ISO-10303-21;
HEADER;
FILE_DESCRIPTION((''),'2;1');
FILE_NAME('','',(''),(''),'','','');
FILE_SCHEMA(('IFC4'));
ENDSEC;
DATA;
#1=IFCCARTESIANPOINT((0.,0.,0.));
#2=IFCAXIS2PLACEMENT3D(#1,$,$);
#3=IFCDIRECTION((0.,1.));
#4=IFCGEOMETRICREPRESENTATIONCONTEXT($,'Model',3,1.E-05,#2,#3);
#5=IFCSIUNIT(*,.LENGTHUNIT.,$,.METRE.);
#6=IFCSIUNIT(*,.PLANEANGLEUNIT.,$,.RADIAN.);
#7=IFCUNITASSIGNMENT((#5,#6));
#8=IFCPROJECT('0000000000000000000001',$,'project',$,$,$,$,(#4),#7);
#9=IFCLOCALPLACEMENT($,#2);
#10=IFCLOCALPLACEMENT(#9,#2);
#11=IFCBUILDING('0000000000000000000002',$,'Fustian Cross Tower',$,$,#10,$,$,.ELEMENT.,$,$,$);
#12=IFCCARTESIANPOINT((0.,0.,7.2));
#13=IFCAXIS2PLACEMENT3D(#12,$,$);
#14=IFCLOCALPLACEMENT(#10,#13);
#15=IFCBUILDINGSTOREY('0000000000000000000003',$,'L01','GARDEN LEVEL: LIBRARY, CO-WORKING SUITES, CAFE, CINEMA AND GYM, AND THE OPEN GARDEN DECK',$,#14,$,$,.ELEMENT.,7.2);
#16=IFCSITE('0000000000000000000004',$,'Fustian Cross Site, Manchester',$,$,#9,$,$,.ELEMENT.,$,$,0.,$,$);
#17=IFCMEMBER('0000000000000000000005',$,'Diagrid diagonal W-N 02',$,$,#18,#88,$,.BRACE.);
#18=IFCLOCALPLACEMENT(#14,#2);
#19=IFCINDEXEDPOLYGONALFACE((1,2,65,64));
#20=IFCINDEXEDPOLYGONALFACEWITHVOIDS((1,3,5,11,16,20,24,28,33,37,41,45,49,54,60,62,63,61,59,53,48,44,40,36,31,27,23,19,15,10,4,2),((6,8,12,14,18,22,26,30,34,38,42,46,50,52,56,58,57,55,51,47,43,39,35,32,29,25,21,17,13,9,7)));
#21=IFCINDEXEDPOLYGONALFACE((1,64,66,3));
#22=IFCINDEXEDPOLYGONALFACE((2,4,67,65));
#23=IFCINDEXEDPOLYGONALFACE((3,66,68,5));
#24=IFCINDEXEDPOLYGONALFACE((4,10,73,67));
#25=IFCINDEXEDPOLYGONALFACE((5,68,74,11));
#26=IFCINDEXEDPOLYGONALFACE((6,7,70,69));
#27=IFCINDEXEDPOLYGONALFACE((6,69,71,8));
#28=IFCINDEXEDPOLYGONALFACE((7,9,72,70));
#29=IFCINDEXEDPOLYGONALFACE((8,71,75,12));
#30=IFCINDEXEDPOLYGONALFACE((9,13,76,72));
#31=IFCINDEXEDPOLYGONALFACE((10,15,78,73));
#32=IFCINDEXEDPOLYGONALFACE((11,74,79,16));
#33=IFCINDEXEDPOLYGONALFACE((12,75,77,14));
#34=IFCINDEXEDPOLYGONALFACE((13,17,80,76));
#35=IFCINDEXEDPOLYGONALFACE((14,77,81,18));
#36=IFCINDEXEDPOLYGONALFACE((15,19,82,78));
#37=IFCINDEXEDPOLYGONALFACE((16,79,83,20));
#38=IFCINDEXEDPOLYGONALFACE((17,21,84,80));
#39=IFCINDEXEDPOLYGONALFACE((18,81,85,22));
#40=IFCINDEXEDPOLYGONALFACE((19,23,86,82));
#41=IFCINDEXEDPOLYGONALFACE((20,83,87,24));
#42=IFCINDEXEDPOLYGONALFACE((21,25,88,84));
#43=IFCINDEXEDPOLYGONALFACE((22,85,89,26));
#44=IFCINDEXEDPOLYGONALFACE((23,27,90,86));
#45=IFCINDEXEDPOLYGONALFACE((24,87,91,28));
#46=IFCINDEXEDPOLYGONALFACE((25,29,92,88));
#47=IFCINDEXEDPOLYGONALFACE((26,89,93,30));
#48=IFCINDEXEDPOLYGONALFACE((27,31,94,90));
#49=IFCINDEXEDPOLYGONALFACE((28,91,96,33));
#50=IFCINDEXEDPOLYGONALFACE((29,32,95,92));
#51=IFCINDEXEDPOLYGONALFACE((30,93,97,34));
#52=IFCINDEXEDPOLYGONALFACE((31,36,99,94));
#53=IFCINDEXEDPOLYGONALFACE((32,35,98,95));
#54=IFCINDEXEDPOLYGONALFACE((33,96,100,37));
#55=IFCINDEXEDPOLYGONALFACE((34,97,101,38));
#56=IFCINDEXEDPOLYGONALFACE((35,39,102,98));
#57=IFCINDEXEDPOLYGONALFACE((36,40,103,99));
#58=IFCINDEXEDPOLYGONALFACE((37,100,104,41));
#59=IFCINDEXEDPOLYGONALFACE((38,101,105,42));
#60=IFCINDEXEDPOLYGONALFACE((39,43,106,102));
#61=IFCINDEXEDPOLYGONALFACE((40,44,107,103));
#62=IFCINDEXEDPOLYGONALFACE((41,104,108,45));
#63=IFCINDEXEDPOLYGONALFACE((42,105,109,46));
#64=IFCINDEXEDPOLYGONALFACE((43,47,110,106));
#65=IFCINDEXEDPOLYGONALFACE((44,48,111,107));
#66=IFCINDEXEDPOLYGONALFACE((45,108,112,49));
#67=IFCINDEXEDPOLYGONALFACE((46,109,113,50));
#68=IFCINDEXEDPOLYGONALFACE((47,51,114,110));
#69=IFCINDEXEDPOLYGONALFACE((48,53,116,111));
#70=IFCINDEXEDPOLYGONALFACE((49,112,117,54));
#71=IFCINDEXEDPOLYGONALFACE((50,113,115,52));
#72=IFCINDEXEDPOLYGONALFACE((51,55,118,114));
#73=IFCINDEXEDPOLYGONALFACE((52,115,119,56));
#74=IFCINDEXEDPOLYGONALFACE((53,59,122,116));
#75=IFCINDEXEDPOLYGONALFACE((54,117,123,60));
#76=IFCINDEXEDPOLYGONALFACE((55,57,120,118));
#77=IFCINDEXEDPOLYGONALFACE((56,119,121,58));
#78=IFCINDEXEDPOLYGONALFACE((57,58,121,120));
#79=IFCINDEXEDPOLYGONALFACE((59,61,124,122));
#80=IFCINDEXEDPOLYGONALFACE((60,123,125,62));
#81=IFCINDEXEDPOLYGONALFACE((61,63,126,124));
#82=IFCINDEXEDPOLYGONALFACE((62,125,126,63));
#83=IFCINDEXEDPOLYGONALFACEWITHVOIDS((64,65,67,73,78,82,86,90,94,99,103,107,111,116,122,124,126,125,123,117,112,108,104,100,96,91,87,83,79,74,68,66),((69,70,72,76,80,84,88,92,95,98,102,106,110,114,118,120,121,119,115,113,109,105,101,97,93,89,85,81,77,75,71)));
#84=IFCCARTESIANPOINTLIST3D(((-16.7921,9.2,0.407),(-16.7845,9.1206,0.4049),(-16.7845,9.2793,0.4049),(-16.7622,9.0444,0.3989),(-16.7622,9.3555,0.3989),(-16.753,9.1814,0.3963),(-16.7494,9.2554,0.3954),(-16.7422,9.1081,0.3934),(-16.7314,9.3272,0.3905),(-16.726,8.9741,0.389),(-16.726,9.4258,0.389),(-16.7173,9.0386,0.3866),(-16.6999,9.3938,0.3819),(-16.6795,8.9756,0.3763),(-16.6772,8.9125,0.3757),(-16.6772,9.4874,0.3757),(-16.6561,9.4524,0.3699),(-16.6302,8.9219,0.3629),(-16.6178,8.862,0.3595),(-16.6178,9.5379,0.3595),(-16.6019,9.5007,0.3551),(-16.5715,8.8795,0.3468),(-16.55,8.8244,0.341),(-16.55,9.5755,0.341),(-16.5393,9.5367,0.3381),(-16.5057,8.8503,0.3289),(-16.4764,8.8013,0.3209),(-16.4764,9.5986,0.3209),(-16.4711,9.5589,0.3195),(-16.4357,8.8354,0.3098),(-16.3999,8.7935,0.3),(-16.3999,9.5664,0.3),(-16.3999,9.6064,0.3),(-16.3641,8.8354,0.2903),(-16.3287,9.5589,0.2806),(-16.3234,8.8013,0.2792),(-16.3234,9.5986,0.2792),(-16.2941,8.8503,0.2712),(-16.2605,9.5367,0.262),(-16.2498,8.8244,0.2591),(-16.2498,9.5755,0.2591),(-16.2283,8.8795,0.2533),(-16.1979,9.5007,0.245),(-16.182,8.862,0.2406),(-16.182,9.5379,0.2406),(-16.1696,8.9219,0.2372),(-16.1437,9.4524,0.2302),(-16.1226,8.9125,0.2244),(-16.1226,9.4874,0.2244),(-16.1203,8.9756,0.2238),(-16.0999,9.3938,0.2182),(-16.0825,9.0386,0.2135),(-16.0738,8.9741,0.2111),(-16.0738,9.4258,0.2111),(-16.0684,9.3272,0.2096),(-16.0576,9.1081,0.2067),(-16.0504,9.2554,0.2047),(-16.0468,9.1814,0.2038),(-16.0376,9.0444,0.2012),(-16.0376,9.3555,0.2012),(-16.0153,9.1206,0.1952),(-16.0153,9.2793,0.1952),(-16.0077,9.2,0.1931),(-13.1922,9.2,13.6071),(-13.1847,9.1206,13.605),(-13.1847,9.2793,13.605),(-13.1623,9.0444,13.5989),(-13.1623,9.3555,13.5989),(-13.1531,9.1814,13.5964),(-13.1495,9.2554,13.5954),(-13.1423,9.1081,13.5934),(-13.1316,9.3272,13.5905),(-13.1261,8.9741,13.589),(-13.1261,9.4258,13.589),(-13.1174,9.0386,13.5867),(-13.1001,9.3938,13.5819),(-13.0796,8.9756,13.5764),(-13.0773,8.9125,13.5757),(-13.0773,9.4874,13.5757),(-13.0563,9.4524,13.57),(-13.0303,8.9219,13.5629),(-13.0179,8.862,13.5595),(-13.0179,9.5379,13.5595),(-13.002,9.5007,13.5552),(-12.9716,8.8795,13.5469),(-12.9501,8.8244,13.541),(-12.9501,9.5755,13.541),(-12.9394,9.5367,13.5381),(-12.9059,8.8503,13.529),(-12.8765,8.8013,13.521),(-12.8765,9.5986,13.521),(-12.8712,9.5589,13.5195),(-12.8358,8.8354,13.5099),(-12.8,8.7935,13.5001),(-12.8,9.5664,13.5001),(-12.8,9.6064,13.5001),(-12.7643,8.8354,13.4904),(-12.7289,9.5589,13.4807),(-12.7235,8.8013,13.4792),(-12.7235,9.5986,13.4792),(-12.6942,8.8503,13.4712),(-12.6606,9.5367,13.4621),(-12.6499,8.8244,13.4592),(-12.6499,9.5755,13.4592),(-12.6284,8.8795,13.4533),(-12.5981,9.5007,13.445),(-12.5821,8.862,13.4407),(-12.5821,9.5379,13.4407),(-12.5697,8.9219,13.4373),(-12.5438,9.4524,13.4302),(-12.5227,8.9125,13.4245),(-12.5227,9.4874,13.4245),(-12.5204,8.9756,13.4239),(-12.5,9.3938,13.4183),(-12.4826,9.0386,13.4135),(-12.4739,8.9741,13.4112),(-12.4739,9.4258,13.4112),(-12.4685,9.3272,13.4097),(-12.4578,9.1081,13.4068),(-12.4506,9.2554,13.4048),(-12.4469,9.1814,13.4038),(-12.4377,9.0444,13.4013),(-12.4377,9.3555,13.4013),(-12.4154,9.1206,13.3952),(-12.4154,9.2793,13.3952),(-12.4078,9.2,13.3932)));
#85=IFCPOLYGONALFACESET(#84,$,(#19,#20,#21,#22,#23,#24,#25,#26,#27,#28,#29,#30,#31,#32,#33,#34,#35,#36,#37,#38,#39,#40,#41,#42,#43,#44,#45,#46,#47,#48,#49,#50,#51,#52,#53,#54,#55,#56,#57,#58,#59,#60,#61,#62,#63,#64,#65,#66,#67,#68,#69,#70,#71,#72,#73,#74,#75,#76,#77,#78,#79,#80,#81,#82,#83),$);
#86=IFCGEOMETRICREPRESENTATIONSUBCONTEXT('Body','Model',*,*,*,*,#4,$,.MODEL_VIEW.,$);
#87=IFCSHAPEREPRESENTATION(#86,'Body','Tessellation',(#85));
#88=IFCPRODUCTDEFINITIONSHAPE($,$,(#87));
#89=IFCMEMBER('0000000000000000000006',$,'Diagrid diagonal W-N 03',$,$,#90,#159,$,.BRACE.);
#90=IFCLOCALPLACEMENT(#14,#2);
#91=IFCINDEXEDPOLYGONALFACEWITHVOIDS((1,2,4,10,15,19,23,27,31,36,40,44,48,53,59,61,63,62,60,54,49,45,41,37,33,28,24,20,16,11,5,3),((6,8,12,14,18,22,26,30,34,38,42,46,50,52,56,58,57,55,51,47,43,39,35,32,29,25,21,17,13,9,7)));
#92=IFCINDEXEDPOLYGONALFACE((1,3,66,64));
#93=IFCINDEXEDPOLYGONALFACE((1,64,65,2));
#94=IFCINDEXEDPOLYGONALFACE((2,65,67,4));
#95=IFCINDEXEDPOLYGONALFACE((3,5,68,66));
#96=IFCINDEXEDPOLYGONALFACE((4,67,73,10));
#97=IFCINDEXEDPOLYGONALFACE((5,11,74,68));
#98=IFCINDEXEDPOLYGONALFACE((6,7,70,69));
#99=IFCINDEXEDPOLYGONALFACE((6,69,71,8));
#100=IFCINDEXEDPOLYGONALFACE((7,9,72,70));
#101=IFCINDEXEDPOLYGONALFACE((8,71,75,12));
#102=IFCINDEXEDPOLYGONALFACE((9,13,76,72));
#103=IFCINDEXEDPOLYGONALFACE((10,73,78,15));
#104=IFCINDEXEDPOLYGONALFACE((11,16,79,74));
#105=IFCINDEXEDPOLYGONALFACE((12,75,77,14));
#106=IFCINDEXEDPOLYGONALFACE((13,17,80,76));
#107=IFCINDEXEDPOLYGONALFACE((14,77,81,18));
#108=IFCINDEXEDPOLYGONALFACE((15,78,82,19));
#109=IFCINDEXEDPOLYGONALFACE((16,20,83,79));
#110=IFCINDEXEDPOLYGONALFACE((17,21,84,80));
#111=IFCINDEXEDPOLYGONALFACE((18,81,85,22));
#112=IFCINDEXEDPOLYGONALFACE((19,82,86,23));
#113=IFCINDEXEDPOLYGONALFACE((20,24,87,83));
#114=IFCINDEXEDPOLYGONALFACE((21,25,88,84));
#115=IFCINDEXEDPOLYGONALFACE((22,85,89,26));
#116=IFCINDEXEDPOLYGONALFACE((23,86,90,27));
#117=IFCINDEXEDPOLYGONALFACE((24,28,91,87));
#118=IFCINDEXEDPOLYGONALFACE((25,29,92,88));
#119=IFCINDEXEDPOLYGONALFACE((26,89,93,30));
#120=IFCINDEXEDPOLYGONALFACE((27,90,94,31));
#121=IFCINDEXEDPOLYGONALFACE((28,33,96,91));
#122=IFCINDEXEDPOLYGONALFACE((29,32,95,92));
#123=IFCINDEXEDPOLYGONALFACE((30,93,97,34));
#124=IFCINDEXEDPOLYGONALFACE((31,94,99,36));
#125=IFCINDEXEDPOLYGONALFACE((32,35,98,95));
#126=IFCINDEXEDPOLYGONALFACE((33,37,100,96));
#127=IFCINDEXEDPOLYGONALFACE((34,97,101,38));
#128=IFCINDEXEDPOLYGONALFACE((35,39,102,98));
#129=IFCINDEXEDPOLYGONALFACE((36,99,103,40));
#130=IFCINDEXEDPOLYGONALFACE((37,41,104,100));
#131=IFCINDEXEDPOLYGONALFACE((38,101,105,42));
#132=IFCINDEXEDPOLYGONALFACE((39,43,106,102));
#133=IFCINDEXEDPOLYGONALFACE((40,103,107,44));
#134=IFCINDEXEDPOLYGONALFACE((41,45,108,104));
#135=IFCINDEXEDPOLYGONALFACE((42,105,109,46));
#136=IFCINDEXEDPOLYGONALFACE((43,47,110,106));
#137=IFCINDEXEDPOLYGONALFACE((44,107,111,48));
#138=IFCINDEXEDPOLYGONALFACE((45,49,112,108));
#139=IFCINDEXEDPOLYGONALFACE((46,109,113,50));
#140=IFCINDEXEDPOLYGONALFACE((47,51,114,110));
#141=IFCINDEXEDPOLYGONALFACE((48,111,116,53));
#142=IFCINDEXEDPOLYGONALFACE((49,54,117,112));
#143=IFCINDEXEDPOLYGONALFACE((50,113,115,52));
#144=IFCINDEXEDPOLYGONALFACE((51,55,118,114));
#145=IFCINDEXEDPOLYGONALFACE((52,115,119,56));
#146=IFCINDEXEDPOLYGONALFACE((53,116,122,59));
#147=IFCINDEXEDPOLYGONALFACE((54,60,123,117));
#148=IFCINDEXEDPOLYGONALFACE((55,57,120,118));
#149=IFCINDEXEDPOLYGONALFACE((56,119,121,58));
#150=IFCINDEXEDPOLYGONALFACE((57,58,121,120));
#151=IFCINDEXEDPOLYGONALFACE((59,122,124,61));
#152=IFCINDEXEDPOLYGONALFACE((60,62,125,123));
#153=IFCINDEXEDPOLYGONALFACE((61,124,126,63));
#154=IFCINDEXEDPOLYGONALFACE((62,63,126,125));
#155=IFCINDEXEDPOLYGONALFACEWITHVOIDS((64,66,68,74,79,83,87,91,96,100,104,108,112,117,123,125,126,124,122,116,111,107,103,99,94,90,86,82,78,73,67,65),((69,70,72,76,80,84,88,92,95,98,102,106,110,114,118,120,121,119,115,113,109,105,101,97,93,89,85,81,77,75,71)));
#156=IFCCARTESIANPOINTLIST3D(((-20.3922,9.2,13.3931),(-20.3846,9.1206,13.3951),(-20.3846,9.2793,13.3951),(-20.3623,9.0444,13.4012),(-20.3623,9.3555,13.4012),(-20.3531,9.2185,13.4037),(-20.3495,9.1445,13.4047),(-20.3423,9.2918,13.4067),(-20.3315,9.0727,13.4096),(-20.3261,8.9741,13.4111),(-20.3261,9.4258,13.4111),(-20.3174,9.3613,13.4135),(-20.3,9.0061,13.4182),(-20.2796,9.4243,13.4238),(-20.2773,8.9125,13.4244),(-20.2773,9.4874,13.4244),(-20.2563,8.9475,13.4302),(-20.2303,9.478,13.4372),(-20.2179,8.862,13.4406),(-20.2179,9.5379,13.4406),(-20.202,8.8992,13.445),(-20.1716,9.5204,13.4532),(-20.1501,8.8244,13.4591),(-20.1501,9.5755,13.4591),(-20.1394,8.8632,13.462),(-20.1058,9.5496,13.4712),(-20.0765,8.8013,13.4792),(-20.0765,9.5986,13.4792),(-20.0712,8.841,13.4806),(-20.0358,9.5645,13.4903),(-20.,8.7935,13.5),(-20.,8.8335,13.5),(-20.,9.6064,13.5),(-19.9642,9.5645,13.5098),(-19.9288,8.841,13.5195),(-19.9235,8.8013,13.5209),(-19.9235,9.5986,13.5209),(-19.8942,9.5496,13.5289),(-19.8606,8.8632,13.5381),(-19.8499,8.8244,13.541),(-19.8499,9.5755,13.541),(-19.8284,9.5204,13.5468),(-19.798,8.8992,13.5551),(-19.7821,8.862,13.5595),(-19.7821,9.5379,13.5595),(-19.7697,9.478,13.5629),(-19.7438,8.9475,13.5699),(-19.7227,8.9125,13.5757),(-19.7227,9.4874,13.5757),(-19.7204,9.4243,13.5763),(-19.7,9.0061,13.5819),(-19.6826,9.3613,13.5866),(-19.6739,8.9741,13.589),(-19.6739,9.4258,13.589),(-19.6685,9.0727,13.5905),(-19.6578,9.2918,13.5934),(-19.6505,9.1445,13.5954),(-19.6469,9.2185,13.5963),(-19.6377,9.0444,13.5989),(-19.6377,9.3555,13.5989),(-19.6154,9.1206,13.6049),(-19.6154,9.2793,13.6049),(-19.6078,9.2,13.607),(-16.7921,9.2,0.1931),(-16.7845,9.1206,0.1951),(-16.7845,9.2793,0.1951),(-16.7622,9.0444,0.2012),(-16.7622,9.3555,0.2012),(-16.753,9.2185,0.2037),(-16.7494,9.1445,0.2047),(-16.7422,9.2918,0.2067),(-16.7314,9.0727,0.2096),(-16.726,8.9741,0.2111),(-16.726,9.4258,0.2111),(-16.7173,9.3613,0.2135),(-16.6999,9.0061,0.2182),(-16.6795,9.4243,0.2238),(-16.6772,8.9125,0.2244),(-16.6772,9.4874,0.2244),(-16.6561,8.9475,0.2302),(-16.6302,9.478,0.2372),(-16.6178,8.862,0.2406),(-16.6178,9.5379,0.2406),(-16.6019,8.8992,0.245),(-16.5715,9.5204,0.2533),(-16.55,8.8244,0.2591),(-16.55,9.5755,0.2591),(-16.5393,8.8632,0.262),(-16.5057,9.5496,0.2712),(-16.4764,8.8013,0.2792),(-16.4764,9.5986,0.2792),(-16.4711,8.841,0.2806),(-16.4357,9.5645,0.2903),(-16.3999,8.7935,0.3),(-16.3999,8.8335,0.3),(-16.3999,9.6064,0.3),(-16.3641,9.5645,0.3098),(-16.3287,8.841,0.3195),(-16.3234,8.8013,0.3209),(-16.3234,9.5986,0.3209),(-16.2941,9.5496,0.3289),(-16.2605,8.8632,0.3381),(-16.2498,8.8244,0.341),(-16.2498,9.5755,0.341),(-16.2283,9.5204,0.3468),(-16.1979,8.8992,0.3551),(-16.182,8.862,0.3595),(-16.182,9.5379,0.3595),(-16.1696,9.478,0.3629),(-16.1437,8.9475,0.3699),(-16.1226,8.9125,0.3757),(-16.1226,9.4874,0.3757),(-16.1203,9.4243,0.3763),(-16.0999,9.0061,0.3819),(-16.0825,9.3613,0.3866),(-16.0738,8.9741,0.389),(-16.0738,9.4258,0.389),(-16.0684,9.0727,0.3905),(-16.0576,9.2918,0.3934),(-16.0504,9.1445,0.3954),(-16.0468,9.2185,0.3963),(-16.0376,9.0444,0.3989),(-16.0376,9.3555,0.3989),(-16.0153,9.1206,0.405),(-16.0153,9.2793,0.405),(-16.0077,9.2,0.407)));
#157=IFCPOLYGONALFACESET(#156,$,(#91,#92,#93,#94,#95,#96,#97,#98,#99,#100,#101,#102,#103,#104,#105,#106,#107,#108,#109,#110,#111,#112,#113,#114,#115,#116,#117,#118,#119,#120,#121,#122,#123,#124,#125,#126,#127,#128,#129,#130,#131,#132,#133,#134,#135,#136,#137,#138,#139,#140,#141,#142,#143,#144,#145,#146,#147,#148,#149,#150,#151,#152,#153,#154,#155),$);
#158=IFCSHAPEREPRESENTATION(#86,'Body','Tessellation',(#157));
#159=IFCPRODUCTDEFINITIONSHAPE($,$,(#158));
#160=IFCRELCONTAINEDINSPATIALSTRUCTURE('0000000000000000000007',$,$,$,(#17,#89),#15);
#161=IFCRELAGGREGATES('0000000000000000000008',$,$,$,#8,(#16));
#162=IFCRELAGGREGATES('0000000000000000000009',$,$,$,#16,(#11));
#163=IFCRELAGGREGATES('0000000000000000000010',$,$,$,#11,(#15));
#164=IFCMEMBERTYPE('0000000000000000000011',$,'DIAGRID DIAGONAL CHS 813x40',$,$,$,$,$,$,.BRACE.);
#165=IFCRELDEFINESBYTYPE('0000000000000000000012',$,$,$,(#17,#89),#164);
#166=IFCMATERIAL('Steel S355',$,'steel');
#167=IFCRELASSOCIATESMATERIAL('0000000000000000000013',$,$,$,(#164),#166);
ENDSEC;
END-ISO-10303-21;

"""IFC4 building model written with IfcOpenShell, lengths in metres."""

from ifc_helpers import new_model, si_unit, direction, frame, origin, origin_2d, place, context, subcontext, project, spatial, hollow_circle, extrude, material, material_profile, profile_set, type_object, element, save


model = new_model("IFC4")

# Units and contexts
model_context = context("Model", 3, precision=1e-05, world=origin(), true_north=direction((0.0, 1.0)))
body_context = subcontext(model_context, "Body", "Model", "MODEL_VIEW")
ifc_project = project(units=[si_unit("LENGTHUNIT", "METRE"), si_unit("PLANEANGLEUNIT", "RADIAN")], contexts=[model_context])

# Site, building, storey
site_placement = place(None, origin())
site = spatial("IfcSite", under=ifc_project, at=site_placement, Name="Fustian Cross Site, Manchester", CompositionType="ELEMENT", RefElevation=0.0)
building_placement = place(site_placement, origin())
building = spatial("IfcBuilding", under=site, at=building_placement, Name="Fustian Cross Tower", CompositionType="ELEMENT")
storey_placement = place(building_placement, frame((0.0, 0.0, 7.2)))
storey = spatial("IfcBuildingStorey", under=building, at=storey_placement, Name="L01", Description="GARDEN LEVEL: LIBRARY, CO-WORKING SUITES, CAFE, CINEMA AND GYM, AND THE OPEN GARDEN DECK", CompositionType="ELEMENT", Elevation=7.2)

# Members
ifc_material_1 = material(Name="Steel S355", Category="steel")
ifc_material_profile_1 = material_profile(ifc_material_1, hollow_circle(Radius=0.4065, WallThickness=0.04, at=origin_2d()), Name="CHS 813x40")
ifc_profile_set_1 = profile_set([ifc_material_profile_1], Name="Steel S355")
member_type_1 = type_object("IfcMemberType", Name="DIAGRID DIAGONAL CHS 813x40", PredefinedType="BRACE", material=ifc_profile_set_1)
for number, where, z_axis, x_axis, name in (
    (1, (-16.3999, 9.2, 0.3), (0.263108, 0.0, 0.964766), (0.0, 1.0, 0.0), "Diagrid diagonal W-N 02"),
    (2, (-16.3999, 9.2, 0.3), (-0.263125, 0.0, 0.964762), (0.0, -1.0, 0.0), "Diagrid diagonal W-N 03"),
):
    element("IfcMember", number, at=place(storey_placement, frame(where, z_axis=z_axis, x_axis=x_axis)), inside=storey, type_object=member_type_1, Name=name, PredefinedType="BRACE", context=body_context, shape_type="SweptSolid", body=[
        extrude(hollow_circle(Radius=0.4065, WallThickness=0.04, at=origin_2d()), origin(), (0.0, 0.0, 1.0), 13.6821),
    ])

save(model, "model.ifc")
